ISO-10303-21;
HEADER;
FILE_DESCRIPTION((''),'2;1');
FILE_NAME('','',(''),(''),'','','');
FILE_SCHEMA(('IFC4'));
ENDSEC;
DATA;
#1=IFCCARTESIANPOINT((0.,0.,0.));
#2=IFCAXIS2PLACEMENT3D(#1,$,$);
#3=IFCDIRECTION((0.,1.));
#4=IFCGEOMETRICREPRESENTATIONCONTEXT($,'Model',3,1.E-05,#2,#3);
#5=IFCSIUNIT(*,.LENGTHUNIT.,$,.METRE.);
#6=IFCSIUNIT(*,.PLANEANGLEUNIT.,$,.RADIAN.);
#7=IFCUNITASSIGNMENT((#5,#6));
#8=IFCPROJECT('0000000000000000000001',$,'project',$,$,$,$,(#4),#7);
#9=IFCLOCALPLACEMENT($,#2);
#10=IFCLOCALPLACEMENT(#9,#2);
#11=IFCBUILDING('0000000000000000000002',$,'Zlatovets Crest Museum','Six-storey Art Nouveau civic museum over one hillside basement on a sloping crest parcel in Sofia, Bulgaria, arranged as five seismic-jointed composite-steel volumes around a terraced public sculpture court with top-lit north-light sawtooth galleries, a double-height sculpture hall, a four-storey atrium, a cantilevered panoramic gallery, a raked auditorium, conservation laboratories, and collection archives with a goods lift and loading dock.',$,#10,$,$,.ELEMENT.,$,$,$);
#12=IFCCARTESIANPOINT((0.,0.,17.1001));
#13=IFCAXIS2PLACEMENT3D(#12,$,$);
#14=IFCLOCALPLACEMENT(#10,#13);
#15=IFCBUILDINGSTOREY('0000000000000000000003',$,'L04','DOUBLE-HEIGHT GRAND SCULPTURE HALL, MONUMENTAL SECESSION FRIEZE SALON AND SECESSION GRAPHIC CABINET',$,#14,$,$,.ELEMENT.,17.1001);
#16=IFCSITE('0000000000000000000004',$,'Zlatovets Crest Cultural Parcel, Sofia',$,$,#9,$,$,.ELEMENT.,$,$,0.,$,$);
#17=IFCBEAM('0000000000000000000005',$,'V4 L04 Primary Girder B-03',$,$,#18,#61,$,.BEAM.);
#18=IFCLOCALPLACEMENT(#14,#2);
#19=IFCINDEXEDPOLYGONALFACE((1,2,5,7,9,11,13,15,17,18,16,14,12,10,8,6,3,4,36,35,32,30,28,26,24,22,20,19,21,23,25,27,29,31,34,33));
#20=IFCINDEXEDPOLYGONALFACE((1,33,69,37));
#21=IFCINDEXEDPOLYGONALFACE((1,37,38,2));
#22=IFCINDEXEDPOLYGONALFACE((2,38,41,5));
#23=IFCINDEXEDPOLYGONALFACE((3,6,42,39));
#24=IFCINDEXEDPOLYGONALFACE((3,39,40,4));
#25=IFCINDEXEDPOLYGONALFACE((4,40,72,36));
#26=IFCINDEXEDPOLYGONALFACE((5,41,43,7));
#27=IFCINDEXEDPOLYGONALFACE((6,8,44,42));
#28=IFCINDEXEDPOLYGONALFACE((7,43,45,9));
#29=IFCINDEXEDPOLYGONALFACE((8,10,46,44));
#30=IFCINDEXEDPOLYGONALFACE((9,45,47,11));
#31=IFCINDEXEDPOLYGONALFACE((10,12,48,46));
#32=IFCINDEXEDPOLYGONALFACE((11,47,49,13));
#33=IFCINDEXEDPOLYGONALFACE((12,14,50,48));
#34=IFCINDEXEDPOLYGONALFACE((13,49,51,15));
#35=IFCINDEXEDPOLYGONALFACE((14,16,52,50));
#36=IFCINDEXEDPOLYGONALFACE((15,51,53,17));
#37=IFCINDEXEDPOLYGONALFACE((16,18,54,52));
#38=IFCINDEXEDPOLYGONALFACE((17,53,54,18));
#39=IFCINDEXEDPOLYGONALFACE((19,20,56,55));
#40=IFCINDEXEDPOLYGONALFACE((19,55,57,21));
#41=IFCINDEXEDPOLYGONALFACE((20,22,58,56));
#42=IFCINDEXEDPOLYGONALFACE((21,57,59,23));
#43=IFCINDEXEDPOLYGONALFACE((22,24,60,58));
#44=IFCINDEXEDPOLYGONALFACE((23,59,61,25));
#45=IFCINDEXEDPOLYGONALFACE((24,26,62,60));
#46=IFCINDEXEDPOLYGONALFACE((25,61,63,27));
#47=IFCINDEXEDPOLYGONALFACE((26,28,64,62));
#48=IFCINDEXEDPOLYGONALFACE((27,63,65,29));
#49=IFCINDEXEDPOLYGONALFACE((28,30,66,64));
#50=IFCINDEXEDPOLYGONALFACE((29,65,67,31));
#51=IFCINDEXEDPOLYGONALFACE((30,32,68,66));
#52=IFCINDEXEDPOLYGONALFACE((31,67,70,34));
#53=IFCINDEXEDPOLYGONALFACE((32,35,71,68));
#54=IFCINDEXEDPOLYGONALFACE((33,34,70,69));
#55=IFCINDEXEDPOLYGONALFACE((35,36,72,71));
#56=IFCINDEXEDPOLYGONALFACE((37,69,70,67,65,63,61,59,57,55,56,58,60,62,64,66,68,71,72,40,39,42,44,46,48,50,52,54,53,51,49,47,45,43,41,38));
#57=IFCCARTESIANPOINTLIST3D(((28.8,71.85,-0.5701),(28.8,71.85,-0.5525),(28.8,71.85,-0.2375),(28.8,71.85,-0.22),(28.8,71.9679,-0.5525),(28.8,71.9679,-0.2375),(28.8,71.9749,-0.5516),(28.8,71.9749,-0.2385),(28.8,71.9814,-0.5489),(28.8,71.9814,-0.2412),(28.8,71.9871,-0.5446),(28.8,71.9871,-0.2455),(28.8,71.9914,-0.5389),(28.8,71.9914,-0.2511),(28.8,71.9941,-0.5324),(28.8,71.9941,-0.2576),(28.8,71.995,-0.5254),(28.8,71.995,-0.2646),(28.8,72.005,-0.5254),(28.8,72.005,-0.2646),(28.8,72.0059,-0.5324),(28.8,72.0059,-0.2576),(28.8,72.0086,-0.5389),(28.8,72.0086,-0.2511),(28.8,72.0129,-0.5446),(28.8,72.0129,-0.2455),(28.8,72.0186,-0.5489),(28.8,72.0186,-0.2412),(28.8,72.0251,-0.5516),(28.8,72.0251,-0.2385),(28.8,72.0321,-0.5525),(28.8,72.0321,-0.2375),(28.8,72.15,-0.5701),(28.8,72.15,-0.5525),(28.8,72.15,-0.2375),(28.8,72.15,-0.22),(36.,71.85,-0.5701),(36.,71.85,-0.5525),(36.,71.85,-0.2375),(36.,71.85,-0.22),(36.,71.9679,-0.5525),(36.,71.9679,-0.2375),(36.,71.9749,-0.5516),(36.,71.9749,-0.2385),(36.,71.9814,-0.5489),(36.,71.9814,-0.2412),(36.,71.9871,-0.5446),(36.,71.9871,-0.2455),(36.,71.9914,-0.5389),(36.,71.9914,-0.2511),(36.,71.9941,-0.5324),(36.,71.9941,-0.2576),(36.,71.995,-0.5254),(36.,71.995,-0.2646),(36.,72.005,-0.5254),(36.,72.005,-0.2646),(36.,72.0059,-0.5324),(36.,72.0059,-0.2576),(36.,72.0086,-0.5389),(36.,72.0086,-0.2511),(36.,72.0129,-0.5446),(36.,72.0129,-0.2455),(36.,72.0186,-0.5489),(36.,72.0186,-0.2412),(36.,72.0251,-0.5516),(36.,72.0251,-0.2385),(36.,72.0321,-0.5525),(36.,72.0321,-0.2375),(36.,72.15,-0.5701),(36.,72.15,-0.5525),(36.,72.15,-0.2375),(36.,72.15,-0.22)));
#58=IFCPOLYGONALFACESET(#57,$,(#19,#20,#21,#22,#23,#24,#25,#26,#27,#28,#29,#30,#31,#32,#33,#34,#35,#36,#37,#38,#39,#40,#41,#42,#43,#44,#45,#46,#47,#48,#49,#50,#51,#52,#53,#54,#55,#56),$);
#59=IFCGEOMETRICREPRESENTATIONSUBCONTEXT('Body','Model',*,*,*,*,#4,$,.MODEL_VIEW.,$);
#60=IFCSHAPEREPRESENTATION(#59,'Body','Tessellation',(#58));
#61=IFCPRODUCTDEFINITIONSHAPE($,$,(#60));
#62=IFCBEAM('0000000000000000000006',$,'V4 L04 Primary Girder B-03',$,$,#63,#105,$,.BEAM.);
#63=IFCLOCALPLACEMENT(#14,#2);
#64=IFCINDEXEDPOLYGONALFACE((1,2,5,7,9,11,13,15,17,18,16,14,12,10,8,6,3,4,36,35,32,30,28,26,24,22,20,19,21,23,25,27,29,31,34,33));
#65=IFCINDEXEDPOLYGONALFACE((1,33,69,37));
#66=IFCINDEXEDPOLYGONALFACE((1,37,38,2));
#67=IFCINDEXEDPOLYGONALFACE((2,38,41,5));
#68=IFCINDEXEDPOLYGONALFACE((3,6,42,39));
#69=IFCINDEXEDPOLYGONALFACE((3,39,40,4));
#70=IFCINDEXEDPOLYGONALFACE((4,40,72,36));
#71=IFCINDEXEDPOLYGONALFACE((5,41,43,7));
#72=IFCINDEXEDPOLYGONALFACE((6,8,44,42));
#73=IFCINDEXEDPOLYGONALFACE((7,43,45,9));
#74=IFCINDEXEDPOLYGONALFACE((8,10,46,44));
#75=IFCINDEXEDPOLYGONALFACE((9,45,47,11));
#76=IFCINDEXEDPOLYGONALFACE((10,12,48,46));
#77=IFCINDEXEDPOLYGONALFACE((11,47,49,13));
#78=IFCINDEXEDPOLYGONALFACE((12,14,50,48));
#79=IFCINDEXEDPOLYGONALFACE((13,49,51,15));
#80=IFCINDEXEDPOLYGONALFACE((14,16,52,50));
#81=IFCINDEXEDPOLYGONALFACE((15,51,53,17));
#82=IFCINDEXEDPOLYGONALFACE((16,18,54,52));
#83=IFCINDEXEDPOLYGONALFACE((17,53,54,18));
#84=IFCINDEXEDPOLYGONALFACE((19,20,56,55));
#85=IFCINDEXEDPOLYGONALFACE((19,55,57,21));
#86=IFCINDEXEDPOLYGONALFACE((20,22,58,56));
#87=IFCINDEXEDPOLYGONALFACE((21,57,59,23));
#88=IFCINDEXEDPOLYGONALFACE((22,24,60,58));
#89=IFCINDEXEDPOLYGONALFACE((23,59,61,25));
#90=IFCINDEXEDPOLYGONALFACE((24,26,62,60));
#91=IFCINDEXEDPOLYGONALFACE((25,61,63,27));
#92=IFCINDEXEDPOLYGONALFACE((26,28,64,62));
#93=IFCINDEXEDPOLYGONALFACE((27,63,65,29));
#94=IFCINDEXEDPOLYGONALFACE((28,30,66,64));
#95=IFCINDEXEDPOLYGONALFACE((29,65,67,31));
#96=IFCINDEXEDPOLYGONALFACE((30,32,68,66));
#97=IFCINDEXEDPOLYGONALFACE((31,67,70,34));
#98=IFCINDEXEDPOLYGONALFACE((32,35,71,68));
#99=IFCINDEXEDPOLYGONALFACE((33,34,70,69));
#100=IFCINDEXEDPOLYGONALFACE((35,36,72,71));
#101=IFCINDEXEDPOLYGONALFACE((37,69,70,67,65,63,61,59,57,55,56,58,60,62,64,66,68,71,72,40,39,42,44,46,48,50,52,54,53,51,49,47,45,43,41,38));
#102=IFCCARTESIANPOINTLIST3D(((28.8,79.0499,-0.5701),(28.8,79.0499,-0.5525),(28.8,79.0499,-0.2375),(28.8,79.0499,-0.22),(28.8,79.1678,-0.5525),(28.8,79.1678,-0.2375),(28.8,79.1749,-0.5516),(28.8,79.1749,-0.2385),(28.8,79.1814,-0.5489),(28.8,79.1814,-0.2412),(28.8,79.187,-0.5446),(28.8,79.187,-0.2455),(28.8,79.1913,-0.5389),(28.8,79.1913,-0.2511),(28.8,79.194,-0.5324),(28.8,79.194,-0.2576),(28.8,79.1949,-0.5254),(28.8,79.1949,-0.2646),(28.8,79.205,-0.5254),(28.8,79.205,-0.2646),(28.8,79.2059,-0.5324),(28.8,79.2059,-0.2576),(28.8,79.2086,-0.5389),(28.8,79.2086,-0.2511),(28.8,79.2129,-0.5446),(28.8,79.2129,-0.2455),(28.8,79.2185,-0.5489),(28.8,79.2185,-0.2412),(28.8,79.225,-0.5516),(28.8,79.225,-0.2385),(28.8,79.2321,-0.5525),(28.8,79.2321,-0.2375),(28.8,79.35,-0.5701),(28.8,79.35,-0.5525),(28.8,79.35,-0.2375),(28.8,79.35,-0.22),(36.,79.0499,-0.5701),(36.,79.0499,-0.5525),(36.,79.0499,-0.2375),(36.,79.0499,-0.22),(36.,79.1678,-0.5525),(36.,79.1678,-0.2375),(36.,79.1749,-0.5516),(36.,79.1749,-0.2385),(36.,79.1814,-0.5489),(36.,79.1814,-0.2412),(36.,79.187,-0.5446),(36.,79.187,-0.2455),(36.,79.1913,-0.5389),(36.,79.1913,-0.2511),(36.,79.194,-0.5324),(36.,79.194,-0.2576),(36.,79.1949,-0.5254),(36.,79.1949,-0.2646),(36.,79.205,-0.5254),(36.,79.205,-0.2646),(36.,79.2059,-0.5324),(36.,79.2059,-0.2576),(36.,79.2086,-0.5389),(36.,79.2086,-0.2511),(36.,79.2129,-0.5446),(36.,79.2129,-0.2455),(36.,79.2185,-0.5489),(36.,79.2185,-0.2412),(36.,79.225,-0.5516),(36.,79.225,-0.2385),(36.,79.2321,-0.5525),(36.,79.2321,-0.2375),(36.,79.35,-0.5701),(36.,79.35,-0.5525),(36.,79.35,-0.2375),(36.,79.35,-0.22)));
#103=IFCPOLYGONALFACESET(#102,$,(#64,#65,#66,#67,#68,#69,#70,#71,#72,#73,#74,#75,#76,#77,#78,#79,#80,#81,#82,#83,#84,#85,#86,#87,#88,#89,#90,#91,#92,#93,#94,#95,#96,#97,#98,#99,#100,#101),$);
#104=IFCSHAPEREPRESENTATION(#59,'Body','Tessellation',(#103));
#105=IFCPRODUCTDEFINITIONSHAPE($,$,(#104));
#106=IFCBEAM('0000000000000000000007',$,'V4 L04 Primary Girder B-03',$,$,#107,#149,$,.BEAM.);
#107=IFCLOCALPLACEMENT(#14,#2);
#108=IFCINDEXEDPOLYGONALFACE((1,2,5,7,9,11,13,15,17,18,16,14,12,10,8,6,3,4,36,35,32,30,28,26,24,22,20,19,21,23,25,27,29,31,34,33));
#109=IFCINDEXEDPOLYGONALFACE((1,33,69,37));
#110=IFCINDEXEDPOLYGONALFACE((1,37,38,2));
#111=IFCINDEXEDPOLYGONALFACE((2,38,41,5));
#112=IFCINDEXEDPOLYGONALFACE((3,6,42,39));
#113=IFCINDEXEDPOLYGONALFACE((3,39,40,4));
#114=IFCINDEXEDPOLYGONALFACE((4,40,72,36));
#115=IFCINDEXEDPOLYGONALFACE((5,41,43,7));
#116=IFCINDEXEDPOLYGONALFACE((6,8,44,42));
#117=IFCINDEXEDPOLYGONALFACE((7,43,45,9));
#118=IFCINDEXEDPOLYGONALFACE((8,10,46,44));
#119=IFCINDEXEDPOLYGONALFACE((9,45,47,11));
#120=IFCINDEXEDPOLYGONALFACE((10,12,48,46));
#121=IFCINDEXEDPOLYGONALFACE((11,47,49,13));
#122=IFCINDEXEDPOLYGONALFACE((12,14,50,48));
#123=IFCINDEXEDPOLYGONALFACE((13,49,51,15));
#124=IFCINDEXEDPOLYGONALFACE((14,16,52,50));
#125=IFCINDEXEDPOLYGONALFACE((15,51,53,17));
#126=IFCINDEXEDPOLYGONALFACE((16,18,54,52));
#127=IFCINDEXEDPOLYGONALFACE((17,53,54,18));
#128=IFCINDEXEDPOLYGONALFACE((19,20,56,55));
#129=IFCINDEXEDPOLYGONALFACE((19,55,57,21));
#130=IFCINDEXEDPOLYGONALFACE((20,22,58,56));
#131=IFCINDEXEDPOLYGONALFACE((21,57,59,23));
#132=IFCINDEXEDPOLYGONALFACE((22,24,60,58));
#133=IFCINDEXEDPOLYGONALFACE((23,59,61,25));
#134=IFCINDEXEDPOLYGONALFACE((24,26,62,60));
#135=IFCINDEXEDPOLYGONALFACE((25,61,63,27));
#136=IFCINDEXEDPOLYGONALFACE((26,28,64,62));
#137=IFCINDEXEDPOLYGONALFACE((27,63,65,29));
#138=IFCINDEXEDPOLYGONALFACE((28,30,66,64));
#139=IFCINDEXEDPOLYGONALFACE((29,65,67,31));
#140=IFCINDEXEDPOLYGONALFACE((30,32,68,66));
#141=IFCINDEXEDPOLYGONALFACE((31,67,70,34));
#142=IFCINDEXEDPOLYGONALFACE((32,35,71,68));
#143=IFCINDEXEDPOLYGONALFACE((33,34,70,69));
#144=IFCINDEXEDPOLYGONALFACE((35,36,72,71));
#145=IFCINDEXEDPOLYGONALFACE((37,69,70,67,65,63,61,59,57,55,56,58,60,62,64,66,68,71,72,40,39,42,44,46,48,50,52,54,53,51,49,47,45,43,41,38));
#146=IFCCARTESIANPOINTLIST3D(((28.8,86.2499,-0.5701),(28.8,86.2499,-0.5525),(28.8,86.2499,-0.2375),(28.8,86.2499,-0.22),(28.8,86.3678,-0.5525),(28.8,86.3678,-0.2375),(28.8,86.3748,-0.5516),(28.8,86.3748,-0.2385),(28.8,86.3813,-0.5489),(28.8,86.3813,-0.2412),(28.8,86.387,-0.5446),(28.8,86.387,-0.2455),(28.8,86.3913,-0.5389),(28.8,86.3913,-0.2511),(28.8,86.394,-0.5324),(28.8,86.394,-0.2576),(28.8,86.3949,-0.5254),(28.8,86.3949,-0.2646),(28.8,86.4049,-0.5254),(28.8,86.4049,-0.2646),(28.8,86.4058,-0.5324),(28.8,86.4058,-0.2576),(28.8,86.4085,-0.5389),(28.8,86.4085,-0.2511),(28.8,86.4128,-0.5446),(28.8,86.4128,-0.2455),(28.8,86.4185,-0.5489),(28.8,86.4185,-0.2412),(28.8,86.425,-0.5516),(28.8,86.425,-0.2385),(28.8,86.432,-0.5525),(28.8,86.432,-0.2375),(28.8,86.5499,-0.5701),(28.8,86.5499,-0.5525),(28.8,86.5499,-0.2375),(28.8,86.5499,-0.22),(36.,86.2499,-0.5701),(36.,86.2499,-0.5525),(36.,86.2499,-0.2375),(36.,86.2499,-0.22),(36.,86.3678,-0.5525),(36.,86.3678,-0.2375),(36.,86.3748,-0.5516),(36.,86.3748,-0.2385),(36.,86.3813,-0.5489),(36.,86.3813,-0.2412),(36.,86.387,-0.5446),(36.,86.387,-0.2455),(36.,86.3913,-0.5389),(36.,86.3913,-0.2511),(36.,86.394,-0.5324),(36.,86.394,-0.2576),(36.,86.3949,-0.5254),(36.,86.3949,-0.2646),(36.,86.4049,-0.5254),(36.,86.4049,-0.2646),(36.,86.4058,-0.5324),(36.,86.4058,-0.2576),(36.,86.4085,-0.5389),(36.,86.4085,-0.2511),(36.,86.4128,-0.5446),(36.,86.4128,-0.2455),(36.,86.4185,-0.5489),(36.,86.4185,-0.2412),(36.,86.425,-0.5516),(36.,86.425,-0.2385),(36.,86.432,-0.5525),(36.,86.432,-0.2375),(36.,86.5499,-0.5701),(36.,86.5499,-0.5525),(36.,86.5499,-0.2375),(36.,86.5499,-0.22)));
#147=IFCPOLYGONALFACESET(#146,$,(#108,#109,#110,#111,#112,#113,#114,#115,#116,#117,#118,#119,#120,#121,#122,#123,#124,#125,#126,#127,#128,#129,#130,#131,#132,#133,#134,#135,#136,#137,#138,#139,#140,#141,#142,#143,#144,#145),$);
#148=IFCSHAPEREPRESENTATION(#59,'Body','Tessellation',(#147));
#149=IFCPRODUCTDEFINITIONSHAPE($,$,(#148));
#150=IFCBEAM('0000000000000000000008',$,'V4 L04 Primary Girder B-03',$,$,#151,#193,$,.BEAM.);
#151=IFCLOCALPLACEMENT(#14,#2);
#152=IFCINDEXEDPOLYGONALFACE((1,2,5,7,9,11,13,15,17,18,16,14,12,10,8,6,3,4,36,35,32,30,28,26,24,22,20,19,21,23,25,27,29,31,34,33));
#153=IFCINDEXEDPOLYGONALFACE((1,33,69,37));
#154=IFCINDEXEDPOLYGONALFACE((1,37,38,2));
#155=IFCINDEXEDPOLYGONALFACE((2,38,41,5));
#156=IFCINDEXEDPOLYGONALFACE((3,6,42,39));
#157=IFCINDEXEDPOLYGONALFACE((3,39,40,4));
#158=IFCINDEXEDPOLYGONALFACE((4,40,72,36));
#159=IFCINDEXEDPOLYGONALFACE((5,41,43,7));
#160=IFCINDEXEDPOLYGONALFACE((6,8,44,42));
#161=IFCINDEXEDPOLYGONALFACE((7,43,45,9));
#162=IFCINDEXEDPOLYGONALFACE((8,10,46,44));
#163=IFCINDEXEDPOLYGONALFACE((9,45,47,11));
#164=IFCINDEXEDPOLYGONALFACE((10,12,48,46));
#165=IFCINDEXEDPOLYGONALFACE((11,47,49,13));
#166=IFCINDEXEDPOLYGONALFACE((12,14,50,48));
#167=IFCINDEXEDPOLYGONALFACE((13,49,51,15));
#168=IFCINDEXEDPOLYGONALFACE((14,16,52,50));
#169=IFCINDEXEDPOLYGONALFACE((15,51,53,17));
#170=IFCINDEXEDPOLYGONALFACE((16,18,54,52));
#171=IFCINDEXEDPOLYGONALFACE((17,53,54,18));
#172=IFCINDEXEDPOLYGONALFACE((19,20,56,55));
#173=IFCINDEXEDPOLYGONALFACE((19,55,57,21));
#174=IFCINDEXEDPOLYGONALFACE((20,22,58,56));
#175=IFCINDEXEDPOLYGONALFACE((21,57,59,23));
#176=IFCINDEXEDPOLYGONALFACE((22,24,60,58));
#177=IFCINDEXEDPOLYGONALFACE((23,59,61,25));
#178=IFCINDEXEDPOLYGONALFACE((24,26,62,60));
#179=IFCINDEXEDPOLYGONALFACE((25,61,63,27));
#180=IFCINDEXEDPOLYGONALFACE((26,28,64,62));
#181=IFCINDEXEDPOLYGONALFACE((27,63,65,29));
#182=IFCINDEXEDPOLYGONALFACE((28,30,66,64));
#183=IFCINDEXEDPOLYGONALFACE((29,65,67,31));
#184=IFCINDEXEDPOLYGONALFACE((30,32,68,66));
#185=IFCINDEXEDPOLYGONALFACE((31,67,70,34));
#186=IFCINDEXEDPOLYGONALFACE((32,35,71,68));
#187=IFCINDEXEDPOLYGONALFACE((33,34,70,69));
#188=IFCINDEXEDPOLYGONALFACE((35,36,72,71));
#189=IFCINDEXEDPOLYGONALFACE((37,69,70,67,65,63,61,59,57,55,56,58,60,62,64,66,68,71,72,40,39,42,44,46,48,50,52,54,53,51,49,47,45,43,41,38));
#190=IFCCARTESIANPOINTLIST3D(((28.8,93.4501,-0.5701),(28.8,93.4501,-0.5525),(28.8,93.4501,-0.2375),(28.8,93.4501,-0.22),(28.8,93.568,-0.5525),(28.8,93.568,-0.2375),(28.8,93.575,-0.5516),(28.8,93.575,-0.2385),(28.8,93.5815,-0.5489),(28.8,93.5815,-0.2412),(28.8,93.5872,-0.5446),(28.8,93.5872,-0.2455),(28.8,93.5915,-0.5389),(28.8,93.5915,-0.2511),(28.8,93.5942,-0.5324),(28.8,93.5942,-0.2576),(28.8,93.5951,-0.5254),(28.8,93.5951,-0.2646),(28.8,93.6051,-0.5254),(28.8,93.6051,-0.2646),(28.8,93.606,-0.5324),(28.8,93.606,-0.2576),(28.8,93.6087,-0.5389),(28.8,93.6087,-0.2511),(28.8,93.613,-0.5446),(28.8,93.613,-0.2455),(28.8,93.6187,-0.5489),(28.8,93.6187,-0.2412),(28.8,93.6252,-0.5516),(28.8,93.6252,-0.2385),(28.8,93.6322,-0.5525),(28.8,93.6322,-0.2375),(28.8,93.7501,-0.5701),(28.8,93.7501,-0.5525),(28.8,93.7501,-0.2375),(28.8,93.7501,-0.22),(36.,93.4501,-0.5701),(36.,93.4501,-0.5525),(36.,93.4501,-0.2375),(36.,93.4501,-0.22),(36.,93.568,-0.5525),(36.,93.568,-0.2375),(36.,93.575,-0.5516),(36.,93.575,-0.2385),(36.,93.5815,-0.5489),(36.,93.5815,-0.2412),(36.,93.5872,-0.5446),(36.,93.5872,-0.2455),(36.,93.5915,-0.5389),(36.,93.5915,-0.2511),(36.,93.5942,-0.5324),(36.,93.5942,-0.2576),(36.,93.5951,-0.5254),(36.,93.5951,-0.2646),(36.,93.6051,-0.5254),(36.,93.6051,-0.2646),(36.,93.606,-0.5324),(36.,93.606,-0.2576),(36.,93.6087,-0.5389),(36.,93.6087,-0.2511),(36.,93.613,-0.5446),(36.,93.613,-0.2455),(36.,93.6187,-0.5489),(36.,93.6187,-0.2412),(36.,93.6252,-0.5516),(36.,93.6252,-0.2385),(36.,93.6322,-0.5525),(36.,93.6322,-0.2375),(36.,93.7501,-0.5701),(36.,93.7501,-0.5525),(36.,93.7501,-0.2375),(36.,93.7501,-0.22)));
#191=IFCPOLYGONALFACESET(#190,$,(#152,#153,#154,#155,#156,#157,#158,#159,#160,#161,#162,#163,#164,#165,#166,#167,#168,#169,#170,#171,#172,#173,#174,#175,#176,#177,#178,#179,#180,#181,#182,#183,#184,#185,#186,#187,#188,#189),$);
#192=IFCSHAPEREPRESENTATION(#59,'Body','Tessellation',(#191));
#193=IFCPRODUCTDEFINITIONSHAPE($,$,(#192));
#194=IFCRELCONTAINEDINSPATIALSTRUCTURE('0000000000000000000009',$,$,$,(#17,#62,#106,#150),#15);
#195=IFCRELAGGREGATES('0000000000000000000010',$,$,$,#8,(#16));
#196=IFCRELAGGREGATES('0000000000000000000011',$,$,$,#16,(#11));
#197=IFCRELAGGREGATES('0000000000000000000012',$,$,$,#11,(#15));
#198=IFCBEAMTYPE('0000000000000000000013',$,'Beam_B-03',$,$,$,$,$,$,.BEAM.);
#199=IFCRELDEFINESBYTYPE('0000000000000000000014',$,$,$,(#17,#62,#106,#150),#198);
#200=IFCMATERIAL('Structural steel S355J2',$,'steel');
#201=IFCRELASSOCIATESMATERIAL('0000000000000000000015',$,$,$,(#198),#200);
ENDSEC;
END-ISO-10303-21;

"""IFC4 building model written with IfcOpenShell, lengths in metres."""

from ifc_helpers import new_model, si_unit, direction, frame, origin, origin_2d, place, context, subcontext, project, spatial, i_section, extrude, material, material_profile, profile_set, type_object, element, save


model = new_model("IFC4")

# Units and contexts
model_context = context("Model", 3, precision=1e-05, world=origin(), true_north=direction((0.0, 1.0)))
body_context = subcontext(model_context, "Body", "Model", "MODEL_VIEW")
ifc_project = project(units=[si_unit("LENGTHUNIT", "METRE"), si_unit("PLANEANGLEUNIT", "RADIAN")], contexts=[model_context])

# Site, building, storey
site_placement = place(None, origin())
site = spatial("IfcSite", under=ifc_project, at=site_placement, Name="Zlatovets Crest Cultural Parcel, Sofia", CompositionType="ELEMENT", RefElevation=0.0)
building_placement = place(site_placement, origin())
building = spatial("IfcBuilding", under=site, at=building_placement, Name="Zlatovets Crest Museum", Description="Six-storey Art Nouveau civic museum over one hillside basement on a sloping crest parcel in Sofia, Bulgaria, arranged as five seismic-jointed composite-steel volumes around a terraced public sculpture court with top-lit north-light sawtooth galleries, a double-height sculpture hall, a four-storey atrium, a cantilevered panoramic gallery, a raked auditorium, conservation laboratories, and collection archives with a goods lift and loading dock.", CompositionType="ELEMENT")
storey_placement = place(building_placement, frame((0.0, 0.0, 17.1001)))
storey = spatial("IfcBuildingStorey", under=building, at=storey_placement, Name="L04", Description="DOUBLE-HEIGHT GRAND SCULPTURE HALL, MONUMENTAL SECESSION FRIEZE SALON AND SECESSION GRAPHIC CABINET", CompositionType="ELEMENT", Elevation=17.1001)

# Beams
ifc_material_1 = material(Name="Structural steel S355J2", Category="steel")
ifc_material_profile_1 = material_profile(ifc_material_1, i_section(OverallWidth=0.3, OverallDepth=0.3501, WebThickness=0.01, FlangeThickness=0.0176, FilletRadius=0.0271, at=origin_2d()), Name="HEA 360")
ifc_profile_set_1 = profile_set([ifc_material_profile_1], Name="Structural steel S355J2")
beam_type_1 = type_object("IfcBeamType", Name="Beam_B-03", PredefinedType="BEAM", material=ifc_profile_set_1)
for number, where, z_axis, x_axis, name in (
    (1, (28.8, 72.0, -0.395), (1.0, 0.0, 0.0), (0.0, 1.0, 0.0), "V4 L04 Primary Girder B-03"),
    (2, (28.8, 79.2, -0.395), (1.0, 0.0, 0.0), (0.0, 1.0, 0.0), "V4 L04 Primary Girder B-03"),
    (3, (28.8, 86.3999, -0.395), (1.0, 0.0, 0.0), (0.0, 1.0, 0.0), "V4 L04 Primary Girder B-03"),
    (4, (28.8, 93.6001, -0.395), (1.0, 0.0, 0.0), (0.0, 1.0, 0.0), "V4 L04 Primary Girder B-03"),
):
    element("IfcBeam", number, at=place(storey_placement, frame(where, z_axis=z_axis, x_axis=x_axis)), inside=storey, type_object=beam_type_1, Name=name, PredefinedType="BEAM", context=body_context, shape_type="SweptSolid", body=[
        extrude(i_section(OverallWidth=0.3, OverallDepth=0.3501, WebThickness=0.01, FlangeThickness=0.0176, FilletRadius=0.0271, at=origin_2d()), origin(), (0.0, 0.0, 1.0), 7.2),
    ])

save(model, "model.ifc")
